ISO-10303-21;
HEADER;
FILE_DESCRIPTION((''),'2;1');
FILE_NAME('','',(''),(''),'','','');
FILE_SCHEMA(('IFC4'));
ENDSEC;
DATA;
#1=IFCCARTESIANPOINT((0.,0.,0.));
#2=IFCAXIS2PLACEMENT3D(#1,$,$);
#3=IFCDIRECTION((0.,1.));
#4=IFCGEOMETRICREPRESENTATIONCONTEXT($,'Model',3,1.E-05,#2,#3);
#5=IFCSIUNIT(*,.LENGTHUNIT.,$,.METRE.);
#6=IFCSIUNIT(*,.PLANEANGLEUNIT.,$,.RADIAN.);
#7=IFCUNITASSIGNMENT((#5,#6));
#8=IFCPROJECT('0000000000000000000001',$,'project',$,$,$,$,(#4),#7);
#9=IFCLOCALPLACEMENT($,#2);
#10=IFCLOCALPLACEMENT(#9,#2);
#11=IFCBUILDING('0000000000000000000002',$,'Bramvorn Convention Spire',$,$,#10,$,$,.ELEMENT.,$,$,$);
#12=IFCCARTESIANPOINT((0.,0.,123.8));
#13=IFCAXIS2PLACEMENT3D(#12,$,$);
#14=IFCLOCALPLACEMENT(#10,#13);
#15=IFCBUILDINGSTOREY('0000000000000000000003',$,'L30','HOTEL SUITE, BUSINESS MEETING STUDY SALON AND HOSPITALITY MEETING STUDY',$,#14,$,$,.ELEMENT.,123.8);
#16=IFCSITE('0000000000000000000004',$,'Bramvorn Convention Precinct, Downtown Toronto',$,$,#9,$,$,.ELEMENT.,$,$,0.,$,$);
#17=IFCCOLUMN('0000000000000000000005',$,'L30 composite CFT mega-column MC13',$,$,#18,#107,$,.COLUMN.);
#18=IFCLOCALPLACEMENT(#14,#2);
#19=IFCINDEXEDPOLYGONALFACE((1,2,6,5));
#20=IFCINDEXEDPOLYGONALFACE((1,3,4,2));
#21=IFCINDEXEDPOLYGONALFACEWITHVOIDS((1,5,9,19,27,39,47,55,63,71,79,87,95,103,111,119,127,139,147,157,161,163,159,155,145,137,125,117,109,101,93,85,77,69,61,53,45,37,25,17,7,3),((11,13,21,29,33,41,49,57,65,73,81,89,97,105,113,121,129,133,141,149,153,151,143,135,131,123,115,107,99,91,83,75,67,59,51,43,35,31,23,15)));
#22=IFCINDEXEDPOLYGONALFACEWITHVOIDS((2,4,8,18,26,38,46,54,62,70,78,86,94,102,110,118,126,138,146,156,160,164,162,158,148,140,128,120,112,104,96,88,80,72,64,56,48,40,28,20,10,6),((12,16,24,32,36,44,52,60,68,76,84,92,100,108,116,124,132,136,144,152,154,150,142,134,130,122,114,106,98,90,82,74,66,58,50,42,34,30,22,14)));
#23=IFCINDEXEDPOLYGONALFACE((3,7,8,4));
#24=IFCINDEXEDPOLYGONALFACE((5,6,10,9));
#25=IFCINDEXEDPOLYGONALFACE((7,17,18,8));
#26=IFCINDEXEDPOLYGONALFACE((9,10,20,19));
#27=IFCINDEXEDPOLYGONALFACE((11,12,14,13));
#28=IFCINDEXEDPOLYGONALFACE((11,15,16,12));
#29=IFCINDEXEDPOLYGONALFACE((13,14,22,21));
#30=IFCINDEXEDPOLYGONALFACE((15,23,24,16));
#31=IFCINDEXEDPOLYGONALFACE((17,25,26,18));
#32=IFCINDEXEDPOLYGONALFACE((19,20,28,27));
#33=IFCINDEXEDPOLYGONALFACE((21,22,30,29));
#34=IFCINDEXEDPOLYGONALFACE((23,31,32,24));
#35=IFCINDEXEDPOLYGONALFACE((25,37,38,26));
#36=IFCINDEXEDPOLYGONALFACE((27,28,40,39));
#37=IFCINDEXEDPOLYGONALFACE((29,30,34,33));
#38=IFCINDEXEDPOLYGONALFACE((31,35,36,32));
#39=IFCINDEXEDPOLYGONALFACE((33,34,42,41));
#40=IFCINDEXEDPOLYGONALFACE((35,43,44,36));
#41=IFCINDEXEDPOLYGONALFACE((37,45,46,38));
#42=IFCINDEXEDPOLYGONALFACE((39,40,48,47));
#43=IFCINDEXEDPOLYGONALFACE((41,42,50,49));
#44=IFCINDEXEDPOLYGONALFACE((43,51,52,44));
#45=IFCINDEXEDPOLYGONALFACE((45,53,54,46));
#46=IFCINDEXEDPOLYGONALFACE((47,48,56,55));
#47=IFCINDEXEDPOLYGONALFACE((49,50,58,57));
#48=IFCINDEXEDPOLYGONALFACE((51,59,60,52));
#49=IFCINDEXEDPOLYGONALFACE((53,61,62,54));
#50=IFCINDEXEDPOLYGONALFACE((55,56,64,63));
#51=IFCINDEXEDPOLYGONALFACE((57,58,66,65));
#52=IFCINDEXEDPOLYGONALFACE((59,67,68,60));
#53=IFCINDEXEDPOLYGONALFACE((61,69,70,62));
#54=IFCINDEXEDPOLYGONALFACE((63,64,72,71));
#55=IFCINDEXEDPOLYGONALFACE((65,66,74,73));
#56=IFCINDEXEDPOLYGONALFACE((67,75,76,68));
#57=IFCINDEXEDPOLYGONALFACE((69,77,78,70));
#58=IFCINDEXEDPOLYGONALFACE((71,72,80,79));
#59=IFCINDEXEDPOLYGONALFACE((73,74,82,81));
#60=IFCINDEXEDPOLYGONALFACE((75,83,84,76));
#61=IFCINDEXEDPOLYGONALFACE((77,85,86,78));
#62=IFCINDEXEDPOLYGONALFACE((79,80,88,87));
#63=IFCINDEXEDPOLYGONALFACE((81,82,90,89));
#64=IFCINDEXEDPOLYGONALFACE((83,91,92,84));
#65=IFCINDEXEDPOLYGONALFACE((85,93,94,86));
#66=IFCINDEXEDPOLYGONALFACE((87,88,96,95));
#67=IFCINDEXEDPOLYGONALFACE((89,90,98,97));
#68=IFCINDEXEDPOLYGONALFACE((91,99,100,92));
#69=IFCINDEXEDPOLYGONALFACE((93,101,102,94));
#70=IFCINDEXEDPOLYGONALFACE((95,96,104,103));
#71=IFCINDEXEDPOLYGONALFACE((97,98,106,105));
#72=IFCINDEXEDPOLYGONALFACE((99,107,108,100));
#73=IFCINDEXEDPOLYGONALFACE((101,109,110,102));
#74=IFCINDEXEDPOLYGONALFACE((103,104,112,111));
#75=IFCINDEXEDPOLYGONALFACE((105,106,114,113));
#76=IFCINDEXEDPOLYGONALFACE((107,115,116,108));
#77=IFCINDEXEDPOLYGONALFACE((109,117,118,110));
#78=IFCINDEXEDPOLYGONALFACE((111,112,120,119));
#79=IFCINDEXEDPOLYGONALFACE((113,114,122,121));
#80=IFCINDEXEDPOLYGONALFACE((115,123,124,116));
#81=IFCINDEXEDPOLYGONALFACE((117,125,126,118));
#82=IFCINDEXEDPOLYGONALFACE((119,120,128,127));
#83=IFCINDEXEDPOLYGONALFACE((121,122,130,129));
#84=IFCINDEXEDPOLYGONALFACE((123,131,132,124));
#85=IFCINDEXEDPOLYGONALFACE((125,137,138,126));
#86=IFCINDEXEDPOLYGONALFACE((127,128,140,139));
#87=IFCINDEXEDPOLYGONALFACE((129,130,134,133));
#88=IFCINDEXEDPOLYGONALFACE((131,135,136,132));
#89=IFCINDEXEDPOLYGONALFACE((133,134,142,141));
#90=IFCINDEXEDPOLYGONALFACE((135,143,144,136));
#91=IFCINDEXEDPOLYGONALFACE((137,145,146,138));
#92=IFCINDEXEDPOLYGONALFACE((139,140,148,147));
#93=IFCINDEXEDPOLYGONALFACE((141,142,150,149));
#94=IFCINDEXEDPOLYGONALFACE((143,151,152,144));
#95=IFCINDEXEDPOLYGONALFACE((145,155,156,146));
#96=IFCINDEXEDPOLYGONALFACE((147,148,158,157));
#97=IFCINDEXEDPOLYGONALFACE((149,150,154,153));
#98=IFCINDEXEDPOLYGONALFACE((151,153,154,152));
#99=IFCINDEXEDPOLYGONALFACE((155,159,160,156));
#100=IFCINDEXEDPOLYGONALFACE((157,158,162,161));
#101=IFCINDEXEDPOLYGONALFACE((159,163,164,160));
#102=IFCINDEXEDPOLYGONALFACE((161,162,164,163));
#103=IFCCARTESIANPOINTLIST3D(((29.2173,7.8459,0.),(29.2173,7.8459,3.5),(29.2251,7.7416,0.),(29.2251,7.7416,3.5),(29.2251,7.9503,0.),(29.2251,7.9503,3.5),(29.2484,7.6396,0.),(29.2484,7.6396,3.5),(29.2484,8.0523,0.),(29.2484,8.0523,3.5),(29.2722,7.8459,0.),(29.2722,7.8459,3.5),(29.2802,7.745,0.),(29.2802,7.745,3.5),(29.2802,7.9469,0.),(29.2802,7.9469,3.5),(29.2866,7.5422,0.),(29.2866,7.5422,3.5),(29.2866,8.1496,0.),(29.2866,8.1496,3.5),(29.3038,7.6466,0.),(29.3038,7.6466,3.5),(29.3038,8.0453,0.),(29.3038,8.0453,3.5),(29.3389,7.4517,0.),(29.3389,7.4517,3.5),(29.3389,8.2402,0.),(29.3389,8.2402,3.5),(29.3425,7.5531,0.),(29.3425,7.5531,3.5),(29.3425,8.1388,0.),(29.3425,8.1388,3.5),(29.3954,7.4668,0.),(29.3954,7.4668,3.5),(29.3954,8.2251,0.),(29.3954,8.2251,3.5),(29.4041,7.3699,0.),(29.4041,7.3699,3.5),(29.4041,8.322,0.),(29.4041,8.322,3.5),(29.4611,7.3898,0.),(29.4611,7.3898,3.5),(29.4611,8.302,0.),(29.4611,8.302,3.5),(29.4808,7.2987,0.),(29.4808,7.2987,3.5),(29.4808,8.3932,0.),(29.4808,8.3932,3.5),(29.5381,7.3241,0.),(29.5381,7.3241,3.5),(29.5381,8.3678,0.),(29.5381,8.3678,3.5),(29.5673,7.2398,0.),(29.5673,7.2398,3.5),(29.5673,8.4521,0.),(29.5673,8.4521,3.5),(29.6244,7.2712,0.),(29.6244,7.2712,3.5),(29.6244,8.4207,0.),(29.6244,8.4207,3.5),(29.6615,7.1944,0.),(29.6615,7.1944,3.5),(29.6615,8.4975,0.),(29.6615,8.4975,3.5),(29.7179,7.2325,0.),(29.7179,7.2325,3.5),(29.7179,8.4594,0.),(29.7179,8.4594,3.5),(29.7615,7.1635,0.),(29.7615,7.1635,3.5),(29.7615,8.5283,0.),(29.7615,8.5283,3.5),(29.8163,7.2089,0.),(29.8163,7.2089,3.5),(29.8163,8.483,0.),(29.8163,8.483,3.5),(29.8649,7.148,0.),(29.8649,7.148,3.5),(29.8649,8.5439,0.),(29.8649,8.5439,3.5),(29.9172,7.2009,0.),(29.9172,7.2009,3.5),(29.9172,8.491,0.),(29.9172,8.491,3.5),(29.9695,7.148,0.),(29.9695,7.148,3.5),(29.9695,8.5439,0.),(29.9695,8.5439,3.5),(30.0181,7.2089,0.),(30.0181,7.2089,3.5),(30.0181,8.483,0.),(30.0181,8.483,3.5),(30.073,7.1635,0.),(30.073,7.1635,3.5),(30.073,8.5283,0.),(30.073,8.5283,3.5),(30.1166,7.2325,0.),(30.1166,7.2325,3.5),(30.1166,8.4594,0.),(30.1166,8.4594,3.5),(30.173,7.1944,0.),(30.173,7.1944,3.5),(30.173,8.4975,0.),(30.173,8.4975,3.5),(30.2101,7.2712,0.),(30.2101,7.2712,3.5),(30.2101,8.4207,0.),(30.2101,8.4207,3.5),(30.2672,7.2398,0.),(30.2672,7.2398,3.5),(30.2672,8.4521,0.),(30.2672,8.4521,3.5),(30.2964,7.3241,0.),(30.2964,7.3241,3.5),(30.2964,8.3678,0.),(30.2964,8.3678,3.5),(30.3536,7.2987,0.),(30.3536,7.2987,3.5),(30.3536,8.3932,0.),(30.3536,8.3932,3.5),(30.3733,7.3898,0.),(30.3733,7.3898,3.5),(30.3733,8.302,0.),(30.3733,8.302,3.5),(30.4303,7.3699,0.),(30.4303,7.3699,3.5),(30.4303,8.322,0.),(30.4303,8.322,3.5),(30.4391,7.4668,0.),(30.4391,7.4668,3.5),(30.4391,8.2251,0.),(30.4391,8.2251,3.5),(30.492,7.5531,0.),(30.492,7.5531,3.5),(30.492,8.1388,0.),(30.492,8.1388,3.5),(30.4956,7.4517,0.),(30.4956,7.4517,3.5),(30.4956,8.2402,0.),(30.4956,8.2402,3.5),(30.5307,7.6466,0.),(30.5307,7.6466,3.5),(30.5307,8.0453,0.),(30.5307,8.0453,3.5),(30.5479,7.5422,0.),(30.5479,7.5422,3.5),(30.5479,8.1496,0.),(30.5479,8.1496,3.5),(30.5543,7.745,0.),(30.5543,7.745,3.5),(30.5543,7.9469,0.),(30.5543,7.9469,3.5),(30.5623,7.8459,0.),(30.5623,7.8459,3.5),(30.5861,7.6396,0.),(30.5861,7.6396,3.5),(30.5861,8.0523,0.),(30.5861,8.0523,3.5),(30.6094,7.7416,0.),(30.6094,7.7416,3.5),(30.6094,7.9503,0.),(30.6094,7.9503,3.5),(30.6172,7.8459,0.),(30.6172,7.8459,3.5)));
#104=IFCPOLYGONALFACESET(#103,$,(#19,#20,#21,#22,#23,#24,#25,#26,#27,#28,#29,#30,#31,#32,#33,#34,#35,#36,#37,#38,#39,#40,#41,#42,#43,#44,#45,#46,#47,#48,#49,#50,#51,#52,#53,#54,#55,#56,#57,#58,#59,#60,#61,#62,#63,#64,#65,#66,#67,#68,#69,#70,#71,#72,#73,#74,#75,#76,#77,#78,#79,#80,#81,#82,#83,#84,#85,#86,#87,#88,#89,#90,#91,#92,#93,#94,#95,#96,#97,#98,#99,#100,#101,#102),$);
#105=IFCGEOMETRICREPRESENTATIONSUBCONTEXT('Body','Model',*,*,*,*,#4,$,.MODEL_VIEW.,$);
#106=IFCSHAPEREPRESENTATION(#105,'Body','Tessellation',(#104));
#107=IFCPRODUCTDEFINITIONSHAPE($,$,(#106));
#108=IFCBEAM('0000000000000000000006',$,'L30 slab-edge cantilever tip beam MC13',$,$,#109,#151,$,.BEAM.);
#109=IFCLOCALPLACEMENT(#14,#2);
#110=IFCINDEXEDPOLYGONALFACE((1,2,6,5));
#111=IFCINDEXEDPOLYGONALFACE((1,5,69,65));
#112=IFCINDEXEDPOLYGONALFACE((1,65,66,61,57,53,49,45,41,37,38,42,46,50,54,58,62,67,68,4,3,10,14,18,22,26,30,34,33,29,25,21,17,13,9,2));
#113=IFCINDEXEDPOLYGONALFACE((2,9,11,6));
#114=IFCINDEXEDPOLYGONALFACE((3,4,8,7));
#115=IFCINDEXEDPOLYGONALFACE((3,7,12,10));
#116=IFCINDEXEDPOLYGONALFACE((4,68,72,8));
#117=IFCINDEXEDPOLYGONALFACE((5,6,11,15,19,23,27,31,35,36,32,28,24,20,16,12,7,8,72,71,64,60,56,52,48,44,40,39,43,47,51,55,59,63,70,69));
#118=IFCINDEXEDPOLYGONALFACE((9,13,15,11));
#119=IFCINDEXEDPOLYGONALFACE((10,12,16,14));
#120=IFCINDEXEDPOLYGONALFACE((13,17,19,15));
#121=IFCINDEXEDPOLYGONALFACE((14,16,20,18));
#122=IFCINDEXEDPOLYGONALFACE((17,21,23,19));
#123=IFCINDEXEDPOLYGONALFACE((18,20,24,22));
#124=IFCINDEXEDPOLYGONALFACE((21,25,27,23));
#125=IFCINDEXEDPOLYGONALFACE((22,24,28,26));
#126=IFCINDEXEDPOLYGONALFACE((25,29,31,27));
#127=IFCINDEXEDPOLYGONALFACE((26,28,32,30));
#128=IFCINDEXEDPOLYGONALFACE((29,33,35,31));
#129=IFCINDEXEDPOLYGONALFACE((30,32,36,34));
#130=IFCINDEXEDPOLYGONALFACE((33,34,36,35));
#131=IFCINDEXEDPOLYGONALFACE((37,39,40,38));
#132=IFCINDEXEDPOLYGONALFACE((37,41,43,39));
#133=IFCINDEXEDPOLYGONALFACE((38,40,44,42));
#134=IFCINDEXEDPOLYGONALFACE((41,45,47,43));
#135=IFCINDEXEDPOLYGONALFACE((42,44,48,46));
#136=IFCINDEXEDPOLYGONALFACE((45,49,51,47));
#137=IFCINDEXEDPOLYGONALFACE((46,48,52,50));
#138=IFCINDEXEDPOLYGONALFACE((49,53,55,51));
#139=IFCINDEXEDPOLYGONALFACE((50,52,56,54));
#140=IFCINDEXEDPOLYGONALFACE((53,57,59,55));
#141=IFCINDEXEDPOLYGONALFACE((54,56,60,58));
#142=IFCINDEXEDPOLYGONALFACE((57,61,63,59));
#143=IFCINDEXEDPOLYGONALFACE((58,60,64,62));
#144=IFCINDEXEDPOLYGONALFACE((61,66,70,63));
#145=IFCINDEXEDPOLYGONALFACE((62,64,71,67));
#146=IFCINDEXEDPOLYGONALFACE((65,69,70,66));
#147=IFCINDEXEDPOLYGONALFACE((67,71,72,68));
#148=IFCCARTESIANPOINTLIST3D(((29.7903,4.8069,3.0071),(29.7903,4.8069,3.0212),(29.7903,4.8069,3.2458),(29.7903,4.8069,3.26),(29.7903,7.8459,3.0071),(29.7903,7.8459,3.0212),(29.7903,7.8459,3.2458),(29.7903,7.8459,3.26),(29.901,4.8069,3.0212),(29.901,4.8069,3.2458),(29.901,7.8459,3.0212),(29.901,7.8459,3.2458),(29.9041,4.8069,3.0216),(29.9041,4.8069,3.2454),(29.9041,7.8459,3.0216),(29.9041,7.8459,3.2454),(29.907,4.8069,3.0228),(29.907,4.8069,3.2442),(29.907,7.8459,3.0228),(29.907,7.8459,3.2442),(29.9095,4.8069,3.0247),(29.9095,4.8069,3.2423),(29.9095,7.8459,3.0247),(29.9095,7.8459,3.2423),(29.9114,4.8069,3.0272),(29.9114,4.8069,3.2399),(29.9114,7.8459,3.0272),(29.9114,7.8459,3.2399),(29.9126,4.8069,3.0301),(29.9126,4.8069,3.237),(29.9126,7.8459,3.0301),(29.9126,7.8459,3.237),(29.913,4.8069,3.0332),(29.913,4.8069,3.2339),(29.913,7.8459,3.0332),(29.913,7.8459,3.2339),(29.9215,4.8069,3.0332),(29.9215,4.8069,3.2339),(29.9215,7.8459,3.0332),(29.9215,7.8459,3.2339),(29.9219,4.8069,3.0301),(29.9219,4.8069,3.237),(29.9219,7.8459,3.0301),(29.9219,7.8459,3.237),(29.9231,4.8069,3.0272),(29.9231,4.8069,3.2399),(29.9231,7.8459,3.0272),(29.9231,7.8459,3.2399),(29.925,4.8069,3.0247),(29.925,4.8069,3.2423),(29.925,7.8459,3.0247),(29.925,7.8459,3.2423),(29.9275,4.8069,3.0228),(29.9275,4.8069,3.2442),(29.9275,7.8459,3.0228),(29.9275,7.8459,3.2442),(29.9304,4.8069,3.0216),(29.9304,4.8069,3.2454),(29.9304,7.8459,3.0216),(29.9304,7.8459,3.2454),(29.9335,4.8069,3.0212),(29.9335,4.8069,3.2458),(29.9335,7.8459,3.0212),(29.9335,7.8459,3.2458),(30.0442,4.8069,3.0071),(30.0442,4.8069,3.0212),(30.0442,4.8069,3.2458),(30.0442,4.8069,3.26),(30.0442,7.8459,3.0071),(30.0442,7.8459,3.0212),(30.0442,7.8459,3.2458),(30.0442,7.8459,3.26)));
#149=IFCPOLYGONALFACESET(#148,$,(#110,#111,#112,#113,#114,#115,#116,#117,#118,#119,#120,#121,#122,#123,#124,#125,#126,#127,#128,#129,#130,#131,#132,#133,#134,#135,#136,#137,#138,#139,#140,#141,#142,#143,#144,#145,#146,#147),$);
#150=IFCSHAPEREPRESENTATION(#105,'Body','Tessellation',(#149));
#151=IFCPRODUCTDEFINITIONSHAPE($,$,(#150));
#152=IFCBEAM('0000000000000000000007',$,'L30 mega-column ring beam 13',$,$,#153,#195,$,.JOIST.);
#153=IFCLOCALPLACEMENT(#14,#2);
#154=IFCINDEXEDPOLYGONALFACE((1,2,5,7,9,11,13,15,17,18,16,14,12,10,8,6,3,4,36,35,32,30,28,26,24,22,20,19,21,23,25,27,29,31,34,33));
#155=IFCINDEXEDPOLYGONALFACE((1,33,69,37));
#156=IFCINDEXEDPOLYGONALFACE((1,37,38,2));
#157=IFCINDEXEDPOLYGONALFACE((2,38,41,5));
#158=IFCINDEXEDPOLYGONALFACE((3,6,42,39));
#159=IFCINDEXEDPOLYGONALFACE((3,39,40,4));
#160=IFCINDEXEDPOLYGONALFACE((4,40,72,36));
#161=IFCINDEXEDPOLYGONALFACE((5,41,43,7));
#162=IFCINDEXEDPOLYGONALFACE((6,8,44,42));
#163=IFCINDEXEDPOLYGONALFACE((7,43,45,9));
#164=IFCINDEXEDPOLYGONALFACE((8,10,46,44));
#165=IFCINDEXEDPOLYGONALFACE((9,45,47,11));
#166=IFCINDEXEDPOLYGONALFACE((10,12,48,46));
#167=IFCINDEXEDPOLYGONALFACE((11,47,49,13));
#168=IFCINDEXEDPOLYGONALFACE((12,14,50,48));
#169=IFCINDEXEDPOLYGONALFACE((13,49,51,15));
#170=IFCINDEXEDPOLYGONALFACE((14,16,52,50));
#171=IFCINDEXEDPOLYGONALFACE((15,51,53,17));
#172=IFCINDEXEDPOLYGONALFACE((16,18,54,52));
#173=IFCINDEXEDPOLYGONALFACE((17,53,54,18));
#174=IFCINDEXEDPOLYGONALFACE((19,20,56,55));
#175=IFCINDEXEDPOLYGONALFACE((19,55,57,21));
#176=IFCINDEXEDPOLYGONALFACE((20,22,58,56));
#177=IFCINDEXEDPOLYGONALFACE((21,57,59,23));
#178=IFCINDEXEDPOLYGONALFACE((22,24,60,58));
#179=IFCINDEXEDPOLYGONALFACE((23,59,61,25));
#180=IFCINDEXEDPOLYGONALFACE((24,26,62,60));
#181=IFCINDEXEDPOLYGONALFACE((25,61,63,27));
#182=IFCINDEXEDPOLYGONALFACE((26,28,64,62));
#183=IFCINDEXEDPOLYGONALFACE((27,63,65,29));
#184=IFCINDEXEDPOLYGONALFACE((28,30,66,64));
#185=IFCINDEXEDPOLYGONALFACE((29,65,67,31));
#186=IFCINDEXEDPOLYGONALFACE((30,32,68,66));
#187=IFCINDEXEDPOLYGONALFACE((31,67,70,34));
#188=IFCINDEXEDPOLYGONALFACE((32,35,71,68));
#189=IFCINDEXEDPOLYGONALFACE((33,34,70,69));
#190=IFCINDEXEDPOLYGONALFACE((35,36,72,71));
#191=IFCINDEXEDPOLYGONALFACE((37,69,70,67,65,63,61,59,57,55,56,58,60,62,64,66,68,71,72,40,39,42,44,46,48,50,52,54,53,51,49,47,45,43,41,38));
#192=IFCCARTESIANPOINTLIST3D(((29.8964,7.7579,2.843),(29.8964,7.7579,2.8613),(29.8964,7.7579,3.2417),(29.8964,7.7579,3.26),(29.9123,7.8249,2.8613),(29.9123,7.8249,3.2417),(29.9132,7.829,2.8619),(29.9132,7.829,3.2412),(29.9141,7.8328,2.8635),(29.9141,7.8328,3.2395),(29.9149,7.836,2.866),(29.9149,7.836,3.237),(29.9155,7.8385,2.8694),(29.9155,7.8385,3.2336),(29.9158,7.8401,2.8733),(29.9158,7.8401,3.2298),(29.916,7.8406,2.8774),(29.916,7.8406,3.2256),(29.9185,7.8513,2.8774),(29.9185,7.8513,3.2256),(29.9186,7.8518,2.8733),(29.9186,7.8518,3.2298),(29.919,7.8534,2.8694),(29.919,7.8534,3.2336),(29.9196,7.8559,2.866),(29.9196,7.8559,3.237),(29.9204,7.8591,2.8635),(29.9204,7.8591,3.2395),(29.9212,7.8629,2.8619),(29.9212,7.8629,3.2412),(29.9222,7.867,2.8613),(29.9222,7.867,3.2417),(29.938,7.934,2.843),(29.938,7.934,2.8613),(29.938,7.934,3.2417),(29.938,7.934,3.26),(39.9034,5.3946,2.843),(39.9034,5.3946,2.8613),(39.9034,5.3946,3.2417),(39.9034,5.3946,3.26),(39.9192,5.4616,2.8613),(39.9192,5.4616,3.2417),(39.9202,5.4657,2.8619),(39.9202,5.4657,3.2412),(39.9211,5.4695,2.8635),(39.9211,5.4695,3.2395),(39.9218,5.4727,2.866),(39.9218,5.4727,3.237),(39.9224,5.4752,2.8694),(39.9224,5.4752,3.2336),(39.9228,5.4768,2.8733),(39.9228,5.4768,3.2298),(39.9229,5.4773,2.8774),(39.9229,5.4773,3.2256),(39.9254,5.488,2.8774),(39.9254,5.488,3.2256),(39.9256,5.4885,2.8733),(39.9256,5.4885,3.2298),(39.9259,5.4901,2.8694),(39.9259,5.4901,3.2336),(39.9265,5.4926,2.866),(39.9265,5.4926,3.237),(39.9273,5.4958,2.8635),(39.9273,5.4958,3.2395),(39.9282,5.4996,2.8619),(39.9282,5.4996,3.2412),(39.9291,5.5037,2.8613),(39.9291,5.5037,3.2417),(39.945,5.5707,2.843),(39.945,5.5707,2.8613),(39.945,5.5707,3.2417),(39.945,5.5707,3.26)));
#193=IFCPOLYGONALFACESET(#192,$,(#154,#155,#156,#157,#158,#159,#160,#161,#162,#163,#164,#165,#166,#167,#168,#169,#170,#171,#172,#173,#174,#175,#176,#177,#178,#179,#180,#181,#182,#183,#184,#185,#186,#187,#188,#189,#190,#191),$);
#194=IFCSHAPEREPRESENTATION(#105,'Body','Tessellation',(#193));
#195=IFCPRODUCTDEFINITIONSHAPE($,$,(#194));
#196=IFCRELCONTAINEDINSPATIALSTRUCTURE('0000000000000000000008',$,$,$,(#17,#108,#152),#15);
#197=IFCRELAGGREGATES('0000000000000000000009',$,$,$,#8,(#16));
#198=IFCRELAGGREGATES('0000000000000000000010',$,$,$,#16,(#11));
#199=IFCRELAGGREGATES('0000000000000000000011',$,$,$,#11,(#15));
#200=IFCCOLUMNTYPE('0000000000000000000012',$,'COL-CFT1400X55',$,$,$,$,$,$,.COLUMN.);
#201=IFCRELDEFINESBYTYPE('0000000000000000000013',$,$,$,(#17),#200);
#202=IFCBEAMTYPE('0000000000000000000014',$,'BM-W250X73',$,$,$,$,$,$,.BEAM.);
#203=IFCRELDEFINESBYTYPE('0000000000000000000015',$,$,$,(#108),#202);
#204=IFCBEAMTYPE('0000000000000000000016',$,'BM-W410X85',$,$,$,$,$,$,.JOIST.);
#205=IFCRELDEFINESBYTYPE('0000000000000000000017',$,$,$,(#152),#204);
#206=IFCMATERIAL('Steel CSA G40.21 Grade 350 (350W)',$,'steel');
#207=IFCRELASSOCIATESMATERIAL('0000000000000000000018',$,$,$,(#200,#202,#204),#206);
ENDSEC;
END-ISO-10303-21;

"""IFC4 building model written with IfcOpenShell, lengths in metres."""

from ifc_helpers import new_model, si_unit, direction, frame, origin, origin_2d, place, context, subcontext, project, spatial, hollow_circle, i_section, extrude, material, material_profile, profile_set, type_object, element, save


model = new_model("IFC4")

# Units and contexts
model_context = context("Model", 3, precision=1e-05, world=origin(), true_north=direction((0.0, 1.0)))
body_context = subcontext(model_context, "Body", "Model", "MODEL_VIEW")
ifc_project = project(units=[si_unit("LENGTHUNIT", "METRE"), si_unit("PLANEANGLEUNIT", "RADIAN")], contexts=[model_context])

# Site, building, storey
site_placement = place(None, origin())
site = spatial("IfcSite", under=ifc_project, at=site_placement, Name="Bramvorn Convention Precinct, Downtown Toronto", CompositionType="ELEMENT", RefElevation=0.0)
building_placement = place(site_placement, origin())
building = spatial("IfcBuilding", under=site, at=building_placement, Name="Bramvorn Convention Spire", CompositionType="ELEMENT")
storey_placement = place(building_placement, frame((0.0, 0.0, 123.8)))
storey = spatial("IfcBuildingStorey", under=building, at=storey_placement, Name="L30", Description="HOTEL SUITE, BUSINESS MEETING STUDY SALON AND HOSPITALITY MEETING STUDY", CompositionType="ELEMENT", Elevation=123.8)

# Column
ifc_material_1 = material(Name="Steel CSA G40.21 Grade 350 (350W)", Category="steel")
ifc_material_profile_1 = material_profile(ifc_material_1, hollow_circle(Radius=0.7, WallThickness=0.0549, at=origin_2d()))
ifc_profile_set_1 = profile_set([ifc_material_profile_1], Name="Steel CSA G40.21 Grade 350 (350W) - CFT1400X55")
column_type = type_object("IfcColumnType", Name="COL-CFT1400X55", PredefinedType="COLUMN", material=ifc_profile_set_1)
column_placement = place(storey_placement, frame((29.9172, 7.8459, 0.0), z_axis=(0.0, 0.0, 1.0), x_axis=(1.0, 0.0, 0.0)))
element("IfcColumn", 1, at=column_placement, inside=storey, type_object=column_type, Name="L30 composite CFT mega-column MC13", PredefinedType="COLUMN", context=body_context, shape_type="SweptSolid", body=[
    extrude(hollow_circle(Radius=0.7, WallThickness=0.0549, at=origin_2d()), origin(), (0.0, 0.0, 1.0), 3.5),
])

# Beams
ifc_material_profile_2 = material_profile(ifc_material_1, i_section(OverallWidth=0.2539, OverallDepth=0.2529, WebThickness=0.0085, FlangeThickness=0.0142, FilletRadius=0.012, at=origin_2d()))
ifc_profile_set_2 = profile_set([ifc_material_profile_2], Name="Steel CSA G40.21 Grade 350 (350W) - W250X73")
beam_type_1 = type_object("IfcBeamType", Name="BM-W250X73", PredefinedType="BEAM", material=ifc_profile_set_2)
beam_1_placement = place(storey_placement, frame((29.9172, 7.8459, 3.1335), z_axis=(0.0, -1.0, 0.0), x_axis=(1.0, 0.0, 0.0)))
element("IfcBeam", 2, at=beam_1_placement, inside=storey, type_object=beam_type_1, Name="L30 slab-edge cantilever tip beam MC13", PredefinedType="BEAM", context=body_context, shape_type="SweptSolid", body=[
    extrude(i_section(OverallWidth=0.2539, OverallDepth=0.2529, WebThickness=0.0085, FlangeThickness=0.0142, FilletRadius=0.012, at=origin_2d()), origin(), (0.0, 0.0, 1.0), 3.0391),
])
ifc_material_profile_3 = material_profile(ifc_material_1, i_section(OverallWidth=0.1809, OverallDepth=0.417, WebThickness=0.011, FlangeThickness=0.0183, FilletRadius=0.0161, at=origin_2d()))
ifc_profile_set_3 = profile_set([ifc_material_profile_3], Name="Steel CSA G40.21 Grade 350 (350W) - W410X85")
beam_type_2 = type_object("IfcBeamType", Name="BM-W410X85", PredefinedType="JOIST", material=ifc_profile_set_3)
beam_2_placement = place(storey_placement, frame((29.9172, 7.8459, 3.0515), z_axis=(0.973228, -0.229844, 0.0), x_axis=(0.229844, 0.973228, 0.0)))
element("IfcBeam", 3, at=beam_2_placement, inside=storey, type_object=beam_type_2, Name="L30 mega-column ring beam 13", PredefinedType="JOIST", context=body_context, shape_type="SweptSolid", body=[
    extrude(i_section(OverallWidth=0.1809, OverallDepth=0.417, WebThickness=0.011, FlangeThickness=0.0183, FilletRadius=0.0161, at=origin_2d()), origin(), (0.0, 0.0, 1.0), 10.2822),
])

save(model, "model.ifc")
